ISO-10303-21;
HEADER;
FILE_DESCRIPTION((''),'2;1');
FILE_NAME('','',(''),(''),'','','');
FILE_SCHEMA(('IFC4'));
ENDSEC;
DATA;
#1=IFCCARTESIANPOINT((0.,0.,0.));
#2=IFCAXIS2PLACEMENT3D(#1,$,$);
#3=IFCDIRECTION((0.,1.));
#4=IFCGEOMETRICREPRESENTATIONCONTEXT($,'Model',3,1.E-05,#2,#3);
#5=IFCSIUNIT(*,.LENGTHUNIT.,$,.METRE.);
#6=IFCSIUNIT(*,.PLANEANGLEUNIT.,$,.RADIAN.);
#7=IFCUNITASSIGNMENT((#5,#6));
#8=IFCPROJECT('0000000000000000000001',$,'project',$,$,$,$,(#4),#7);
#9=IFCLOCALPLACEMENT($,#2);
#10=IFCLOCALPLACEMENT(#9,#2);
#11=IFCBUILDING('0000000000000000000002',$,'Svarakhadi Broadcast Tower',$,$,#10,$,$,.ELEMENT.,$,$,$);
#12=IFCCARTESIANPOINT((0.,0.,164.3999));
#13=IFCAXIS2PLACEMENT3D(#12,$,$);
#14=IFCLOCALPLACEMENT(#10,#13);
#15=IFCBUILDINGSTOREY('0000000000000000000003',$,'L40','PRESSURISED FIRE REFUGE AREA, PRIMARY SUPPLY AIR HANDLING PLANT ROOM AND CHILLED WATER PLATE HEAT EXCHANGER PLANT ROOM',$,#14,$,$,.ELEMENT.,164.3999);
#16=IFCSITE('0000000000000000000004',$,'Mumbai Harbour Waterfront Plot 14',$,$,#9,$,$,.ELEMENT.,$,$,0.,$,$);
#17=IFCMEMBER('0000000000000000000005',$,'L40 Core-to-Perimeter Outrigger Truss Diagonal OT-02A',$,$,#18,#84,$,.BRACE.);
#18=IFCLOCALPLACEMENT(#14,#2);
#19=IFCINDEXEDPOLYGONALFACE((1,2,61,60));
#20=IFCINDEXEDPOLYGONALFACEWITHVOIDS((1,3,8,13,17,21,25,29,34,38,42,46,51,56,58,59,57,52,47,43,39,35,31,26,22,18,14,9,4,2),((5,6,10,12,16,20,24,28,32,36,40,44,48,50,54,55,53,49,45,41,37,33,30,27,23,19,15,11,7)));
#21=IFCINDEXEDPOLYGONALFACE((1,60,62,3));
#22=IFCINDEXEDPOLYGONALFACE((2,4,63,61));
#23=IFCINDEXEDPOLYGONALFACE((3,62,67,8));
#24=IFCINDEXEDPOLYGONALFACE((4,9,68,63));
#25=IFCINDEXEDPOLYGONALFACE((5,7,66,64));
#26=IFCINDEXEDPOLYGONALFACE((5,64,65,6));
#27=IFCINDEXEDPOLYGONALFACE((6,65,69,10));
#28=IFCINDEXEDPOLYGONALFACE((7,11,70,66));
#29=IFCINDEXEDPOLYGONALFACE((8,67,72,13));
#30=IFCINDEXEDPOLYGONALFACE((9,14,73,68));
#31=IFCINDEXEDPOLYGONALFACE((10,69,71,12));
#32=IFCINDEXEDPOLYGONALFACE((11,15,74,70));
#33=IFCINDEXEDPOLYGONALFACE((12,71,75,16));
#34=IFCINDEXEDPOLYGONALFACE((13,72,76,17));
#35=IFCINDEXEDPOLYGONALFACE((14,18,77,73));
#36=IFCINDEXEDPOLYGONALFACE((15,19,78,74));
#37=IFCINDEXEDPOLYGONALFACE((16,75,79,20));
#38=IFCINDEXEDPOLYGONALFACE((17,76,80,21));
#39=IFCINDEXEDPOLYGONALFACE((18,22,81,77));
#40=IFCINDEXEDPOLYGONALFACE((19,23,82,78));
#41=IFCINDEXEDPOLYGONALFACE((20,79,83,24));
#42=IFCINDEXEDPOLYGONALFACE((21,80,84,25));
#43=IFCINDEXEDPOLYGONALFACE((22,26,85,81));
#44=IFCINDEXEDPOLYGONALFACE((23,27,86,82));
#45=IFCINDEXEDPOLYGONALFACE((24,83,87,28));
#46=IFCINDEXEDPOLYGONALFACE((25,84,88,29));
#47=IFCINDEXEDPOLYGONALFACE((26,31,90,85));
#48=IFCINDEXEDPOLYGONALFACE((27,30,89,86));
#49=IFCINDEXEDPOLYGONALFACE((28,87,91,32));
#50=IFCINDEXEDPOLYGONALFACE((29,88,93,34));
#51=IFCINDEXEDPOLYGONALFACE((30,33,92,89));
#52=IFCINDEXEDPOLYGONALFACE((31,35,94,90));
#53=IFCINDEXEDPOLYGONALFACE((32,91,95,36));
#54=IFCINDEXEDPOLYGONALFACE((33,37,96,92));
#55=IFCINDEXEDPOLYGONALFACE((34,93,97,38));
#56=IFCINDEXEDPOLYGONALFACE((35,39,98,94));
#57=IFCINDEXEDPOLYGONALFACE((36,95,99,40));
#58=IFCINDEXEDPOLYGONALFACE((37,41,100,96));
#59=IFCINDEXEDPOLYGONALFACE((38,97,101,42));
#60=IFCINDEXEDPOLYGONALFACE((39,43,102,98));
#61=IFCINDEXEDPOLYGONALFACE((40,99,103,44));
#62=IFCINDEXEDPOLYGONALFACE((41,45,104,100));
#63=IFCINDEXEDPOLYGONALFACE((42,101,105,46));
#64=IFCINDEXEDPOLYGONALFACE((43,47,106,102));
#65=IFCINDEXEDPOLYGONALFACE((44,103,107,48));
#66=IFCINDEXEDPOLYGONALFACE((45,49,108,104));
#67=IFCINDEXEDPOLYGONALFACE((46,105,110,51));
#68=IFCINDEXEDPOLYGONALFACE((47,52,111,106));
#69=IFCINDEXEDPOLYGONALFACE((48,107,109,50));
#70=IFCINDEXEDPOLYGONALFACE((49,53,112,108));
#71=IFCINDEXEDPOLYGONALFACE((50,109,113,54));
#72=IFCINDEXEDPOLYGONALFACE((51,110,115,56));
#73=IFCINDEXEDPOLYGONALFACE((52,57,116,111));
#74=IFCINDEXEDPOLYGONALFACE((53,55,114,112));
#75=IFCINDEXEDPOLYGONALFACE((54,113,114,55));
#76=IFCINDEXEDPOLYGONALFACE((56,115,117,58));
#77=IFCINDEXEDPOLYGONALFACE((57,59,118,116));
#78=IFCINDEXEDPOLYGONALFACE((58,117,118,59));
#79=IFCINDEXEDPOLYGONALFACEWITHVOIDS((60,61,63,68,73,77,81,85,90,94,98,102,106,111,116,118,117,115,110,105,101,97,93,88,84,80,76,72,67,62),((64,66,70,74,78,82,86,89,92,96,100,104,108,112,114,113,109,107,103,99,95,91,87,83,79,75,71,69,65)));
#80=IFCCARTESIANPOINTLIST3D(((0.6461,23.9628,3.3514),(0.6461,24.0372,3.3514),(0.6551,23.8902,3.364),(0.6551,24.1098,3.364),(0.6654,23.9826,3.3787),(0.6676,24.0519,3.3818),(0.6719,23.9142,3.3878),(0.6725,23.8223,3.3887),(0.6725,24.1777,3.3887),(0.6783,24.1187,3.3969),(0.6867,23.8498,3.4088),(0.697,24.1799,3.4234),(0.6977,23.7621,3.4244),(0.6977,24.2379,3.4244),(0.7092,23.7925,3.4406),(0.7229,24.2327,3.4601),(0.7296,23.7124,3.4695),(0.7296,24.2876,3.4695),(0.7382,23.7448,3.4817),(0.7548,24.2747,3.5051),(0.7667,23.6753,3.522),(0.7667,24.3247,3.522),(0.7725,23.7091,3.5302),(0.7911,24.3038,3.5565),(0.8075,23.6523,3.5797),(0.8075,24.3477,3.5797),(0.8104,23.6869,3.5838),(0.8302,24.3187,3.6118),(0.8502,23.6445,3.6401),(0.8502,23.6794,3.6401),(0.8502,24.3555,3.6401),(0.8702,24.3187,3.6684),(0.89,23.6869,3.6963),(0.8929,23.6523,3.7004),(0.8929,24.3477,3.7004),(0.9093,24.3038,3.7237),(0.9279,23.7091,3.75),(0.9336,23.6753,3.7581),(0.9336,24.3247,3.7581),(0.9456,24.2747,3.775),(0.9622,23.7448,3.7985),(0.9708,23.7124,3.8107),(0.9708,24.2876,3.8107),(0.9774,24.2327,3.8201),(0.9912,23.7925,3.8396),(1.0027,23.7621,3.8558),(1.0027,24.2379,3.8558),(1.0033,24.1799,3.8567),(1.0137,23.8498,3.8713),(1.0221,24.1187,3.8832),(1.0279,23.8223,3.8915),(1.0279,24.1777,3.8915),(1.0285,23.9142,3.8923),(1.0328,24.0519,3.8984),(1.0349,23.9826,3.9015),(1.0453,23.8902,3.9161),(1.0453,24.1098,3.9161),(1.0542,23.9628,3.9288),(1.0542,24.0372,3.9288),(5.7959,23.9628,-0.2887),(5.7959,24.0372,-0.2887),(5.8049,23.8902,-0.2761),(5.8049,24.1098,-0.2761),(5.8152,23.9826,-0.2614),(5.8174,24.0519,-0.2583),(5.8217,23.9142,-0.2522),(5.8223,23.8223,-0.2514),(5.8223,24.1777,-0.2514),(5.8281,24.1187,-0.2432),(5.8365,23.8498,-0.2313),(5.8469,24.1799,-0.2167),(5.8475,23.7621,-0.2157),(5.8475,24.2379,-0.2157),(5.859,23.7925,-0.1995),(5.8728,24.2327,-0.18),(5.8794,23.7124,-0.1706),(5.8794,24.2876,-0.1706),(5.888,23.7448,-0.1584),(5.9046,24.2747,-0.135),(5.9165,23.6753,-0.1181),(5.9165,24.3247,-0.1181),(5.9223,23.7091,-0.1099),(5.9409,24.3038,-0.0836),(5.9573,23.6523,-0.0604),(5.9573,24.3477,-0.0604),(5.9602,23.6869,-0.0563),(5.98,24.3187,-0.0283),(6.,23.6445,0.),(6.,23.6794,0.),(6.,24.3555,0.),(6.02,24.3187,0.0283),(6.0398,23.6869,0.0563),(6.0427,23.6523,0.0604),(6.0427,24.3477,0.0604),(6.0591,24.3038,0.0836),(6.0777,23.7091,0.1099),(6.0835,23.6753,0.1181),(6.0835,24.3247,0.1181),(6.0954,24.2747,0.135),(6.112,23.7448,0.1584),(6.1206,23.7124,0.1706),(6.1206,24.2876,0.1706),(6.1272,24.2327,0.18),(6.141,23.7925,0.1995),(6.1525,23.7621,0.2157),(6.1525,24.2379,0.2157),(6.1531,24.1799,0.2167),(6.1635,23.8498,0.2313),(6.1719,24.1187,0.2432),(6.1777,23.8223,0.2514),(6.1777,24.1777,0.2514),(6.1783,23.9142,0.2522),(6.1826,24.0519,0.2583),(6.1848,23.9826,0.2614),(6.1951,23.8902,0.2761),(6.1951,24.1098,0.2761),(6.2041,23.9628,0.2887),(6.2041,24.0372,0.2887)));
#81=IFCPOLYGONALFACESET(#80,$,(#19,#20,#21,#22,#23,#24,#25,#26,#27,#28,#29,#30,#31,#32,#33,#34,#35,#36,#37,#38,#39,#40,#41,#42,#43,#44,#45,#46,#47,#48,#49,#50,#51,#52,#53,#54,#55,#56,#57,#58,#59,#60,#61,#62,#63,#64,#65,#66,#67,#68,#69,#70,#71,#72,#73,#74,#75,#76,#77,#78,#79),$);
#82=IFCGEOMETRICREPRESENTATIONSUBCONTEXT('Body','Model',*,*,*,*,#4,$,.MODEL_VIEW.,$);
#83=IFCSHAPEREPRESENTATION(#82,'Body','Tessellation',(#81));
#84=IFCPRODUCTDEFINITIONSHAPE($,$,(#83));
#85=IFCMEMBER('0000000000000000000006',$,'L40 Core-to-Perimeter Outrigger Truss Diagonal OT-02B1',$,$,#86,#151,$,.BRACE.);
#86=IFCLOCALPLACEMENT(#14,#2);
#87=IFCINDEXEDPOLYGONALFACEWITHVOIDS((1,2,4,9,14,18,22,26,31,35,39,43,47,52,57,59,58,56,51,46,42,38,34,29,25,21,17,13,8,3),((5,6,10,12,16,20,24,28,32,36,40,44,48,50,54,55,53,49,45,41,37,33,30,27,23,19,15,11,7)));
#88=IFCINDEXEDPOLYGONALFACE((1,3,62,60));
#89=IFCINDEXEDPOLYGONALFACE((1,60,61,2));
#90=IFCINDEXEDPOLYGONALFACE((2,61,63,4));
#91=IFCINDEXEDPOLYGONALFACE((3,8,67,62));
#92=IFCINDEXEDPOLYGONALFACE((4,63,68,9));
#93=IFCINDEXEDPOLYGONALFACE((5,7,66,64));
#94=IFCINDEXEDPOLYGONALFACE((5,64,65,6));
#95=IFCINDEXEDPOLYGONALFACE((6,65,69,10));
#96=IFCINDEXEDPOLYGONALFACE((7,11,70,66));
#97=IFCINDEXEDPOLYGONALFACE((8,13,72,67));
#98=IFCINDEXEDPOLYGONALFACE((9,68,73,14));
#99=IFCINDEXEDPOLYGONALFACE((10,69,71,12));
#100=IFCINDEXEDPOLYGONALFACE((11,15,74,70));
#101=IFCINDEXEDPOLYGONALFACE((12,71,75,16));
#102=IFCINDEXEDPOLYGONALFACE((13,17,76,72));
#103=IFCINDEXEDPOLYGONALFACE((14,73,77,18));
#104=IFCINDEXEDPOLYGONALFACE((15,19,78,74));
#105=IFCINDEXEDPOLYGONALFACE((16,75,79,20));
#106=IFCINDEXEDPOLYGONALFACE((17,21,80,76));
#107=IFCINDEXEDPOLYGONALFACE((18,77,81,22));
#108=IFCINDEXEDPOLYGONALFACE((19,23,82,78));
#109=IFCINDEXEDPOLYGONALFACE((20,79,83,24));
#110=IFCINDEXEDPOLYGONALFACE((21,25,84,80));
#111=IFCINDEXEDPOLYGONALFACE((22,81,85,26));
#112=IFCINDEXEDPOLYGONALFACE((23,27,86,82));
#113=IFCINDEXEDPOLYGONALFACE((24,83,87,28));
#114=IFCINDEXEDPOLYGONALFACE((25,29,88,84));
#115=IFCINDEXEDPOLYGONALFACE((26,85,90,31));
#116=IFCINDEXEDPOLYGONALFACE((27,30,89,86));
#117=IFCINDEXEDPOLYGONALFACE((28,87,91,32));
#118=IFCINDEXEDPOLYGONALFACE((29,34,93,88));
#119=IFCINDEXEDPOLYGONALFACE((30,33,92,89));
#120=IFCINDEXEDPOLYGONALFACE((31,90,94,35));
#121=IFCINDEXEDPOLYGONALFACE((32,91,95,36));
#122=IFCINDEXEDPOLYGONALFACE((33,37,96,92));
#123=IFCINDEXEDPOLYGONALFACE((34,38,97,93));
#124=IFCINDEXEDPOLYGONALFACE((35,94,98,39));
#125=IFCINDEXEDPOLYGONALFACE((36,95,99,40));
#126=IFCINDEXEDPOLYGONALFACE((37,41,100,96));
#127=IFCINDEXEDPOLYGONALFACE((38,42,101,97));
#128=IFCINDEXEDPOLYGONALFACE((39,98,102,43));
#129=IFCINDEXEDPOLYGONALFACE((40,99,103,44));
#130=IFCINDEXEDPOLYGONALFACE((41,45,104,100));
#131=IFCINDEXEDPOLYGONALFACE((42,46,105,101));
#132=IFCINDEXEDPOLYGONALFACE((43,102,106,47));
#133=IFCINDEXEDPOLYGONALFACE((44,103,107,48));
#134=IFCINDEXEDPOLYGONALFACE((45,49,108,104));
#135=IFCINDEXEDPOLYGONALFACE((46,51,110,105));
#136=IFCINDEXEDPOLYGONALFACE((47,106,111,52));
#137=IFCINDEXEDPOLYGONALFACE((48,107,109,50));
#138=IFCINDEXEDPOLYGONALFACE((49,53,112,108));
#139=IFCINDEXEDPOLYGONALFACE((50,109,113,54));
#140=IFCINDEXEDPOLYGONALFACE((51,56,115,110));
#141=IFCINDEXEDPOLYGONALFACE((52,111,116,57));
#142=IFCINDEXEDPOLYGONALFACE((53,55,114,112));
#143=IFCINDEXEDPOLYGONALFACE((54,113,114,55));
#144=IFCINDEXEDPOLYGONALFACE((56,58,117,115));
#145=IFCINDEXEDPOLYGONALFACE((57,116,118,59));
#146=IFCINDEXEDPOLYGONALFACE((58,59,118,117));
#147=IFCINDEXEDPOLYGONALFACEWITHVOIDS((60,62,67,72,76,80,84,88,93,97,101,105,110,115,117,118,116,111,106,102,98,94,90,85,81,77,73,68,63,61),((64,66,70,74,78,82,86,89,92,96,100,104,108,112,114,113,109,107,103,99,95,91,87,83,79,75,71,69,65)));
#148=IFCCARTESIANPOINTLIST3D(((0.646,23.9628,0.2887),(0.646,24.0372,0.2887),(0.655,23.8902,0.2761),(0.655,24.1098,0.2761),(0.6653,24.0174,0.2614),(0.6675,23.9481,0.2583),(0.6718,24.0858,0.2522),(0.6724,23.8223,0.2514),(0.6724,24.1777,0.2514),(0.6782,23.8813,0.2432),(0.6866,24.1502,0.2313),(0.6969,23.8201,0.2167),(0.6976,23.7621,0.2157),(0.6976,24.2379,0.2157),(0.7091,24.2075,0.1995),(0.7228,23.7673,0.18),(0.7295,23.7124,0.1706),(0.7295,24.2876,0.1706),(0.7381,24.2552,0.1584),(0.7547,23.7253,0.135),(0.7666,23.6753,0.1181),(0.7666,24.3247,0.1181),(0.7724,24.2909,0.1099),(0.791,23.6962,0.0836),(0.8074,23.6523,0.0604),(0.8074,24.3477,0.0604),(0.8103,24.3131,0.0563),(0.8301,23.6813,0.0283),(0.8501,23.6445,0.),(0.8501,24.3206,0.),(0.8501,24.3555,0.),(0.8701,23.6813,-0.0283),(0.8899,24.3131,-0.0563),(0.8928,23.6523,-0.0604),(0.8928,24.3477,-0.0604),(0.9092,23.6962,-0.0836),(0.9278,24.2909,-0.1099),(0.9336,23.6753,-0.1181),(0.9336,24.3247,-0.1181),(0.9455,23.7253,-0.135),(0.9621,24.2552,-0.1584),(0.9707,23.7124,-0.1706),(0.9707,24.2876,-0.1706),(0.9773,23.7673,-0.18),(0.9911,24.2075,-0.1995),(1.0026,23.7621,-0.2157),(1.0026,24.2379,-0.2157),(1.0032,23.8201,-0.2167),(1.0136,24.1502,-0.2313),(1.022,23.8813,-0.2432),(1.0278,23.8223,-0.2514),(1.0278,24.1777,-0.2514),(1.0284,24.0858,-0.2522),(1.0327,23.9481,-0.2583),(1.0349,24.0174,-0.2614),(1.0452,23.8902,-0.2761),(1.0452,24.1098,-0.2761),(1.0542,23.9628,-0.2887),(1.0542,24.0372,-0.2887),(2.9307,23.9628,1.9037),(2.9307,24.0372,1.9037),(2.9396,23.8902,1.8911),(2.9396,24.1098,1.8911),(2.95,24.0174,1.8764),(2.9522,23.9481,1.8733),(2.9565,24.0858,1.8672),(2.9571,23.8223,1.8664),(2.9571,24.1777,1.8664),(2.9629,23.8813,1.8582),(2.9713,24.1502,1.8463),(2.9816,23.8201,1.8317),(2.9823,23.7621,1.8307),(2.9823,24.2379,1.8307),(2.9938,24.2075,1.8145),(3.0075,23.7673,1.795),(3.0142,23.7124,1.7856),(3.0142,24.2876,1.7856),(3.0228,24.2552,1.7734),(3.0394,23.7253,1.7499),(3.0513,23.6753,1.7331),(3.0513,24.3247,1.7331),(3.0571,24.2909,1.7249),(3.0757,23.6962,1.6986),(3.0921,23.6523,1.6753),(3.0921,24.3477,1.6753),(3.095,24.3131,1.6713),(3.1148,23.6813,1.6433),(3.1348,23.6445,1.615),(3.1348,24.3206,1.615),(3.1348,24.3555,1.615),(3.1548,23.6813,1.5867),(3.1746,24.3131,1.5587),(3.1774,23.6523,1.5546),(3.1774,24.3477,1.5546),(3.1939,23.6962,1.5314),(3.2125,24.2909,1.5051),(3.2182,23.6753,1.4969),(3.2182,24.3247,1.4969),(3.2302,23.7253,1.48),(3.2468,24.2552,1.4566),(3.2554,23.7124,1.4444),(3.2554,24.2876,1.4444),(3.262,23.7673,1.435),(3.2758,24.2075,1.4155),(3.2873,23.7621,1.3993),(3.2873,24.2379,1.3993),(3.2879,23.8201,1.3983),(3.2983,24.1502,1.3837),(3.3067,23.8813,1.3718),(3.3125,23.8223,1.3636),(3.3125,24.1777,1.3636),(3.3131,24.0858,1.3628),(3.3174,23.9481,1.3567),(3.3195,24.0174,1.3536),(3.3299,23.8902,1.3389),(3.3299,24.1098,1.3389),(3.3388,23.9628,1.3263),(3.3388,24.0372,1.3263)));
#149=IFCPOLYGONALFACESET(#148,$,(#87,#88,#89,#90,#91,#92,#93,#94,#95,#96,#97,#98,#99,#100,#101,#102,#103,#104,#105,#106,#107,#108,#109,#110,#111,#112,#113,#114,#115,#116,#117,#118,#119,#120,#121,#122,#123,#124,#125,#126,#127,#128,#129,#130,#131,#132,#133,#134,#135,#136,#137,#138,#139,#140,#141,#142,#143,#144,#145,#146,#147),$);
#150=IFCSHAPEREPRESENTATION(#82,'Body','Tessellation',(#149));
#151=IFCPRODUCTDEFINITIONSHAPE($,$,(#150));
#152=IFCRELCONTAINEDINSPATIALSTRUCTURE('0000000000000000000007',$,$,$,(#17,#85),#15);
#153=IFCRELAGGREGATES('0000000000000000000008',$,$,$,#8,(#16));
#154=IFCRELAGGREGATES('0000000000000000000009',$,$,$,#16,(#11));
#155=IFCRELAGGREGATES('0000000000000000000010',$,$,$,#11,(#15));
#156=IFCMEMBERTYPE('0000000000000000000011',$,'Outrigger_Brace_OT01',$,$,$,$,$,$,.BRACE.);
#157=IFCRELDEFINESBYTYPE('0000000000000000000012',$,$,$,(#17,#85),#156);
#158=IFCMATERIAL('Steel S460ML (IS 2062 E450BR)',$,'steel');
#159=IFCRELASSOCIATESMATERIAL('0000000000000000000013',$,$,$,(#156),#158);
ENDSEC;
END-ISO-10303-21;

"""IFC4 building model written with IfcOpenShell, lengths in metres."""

from ifc_helpers import new_model, si_unit, direction, frame, origin, origin_2d, place, context, subcontext, project, spatial, hollow_circle, extrude, material, material_profile, profile_set, type_object, element, save


model = new_model("IFC4")

# Units and contexts
model_context = context("Model", 3, precision=1e-05, world=origin(), true_north=direction((0.0, 1.0)))
body_context = subcontext(model_context, "Body", "Model", "MODEL_VIEW")
ifc_project = project(units=[si_unit("LENGTHUNIT", "METRE"), si_unit("PLANEANGLEUNIT", "RADIAN")], contexts=[model_context])

# Site, building, storey
site_placement = place(None, origin())
site = spatial("IfcSite", under=ifc_project, at=site_placement, Name="Mumbai Harbour Waterfront Plot 14", CompositionType="ELEMENT", RefElevation=0.0)
building_placement = place(site_placement, origin())
building = spatial("IfcBuilding", under=site, at=building_placement, Name="Svarakhadi Broadcast Tower", CompositionType="ELEMENT")
storey_placement = place(building_placement, frame((0.0, 0.0, 164.3999)))
storey = spatial("IfcBuildingStorey", under=building, at=storey_placement, Name="L40", Description="PRESSURISED FIRE REFUGE AREA, PRIMARY SUPPLY AIR HANDLING PLANT ROOM AND CHILLED WATER PLATE HEAT EXCHANGER PLANT ROOM", CompositionType="ELEMENT", Elevation=164.3999)

# Shared definitions
ifc_material_1 = material(Name="Steel S460ML (IS 2062 E450BR)", Category="steel")

# Members
ifc_material_profile_1 = material_profile(ifc_material_1, hollow_circle(Radius=0.3555, WallThickness=0.0349, at=origin_2d()), Name="CHS 711x35")
ifc_profile_set_1 = profile_set([ifc_material_profile_1], Name="Steel S460ML (IS 2062 E450BR)")
member_type_1 = type_object("IfcMemberType", Name="Outrigger_Brace_OT01", PredefinedType="BRACE", material=ifc_profile_set_1)
member_1_placement = place(storey_placement, frame((6.0, 24.0, 0.0), z_axis=(-0.816601, 0.0, 0.577203), x_axis=(0.0, -1.0, 0.0)))
element("IfcMember", 1, at=member_1_placement, inside=storey, type_object=member_type_1, Name="L40 Core-to-Perimeter Outrigger Truss Diagonal OT-02A", PredefinedType="BRACE", context=body_context, shape_type="SweptSolid", body=[
    extrude(hollow_circle(Radius=0.3555, WallThickness=0.0349, at=origin_2d()), origin(), (0.0, 0.0, 1.0), 6.3064),
])
member_2_placement = place(storey_placement, frame((0.8501, 24.0, 0.0), z_axis=(0.816583, 0.0, 0.577228), x_axis=(0.0, 1.0, 0.0)))
element("IfcMember", 2, at=member_2_placement, inside=storey, type_object=member_type_1, Name="L40 Core-to-Perimeter Outrigger Truss Diagonal OT-02B1", PredefinedType="BRACE", context=body_context, shape_type="SweptSolid", body=[
    extrude(hollow_circle(Radius=0.3555, WallThickness=0.0349, at=origin_2d()), origin(), (0.0, 0.0, 1.0), 2.7979),
])

save(model, "model.ifc")
